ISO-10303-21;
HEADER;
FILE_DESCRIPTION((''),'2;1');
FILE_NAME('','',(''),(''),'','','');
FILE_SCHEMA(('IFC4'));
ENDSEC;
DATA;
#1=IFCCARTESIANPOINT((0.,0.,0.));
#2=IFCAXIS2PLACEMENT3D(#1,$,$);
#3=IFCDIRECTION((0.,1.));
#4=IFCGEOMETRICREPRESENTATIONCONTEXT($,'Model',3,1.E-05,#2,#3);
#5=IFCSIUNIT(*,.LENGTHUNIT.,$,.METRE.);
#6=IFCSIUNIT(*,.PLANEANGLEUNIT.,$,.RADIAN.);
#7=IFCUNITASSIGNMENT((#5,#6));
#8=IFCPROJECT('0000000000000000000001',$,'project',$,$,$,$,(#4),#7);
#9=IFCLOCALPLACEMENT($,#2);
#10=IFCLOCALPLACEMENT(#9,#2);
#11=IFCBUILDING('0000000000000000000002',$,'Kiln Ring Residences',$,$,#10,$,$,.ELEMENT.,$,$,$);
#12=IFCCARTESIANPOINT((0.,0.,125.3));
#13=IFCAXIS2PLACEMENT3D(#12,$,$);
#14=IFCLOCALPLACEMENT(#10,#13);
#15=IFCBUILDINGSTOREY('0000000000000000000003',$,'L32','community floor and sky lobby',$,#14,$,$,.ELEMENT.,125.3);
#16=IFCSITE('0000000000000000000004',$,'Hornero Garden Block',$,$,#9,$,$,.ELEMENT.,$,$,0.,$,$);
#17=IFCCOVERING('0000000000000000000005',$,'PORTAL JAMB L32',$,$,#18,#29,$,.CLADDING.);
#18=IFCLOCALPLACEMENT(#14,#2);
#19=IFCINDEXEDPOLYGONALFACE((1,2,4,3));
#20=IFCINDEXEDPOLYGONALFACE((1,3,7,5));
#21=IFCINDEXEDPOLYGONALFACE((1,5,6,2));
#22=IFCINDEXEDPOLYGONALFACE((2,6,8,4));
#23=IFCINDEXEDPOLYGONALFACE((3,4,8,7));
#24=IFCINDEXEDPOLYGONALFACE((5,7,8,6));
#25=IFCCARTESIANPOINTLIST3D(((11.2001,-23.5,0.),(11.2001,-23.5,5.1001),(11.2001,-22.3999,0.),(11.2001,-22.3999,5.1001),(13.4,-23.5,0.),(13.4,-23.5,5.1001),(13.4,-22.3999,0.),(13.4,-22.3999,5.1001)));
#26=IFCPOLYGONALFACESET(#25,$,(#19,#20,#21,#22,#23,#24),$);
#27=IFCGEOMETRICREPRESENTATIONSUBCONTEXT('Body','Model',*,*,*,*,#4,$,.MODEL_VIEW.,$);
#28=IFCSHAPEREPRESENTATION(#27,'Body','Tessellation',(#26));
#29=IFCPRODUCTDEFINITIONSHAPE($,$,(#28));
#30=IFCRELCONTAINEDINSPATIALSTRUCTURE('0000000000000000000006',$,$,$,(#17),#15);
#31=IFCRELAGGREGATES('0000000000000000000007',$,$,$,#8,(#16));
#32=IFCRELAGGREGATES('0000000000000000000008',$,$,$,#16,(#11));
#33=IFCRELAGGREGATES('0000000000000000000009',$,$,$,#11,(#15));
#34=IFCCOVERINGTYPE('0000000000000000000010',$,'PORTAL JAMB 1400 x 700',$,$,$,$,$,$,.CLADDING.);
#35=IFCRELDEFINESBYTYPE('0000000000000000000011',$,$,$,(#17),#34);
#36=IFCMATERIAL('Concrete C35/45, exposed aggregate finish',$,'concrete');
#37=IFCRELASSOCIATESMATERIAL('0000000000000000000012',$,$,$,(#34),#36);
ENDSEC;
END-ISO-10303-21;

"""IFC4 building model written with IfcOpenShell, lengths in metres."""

from ifc_helpers import new_model, si_unit, direction, frame, origin, origin_2d, place, context, subcontext, project, spatial, rectangle, extrude, material, type_object, element, save


model = new_model("IFC4")

# Units and contexts
model_context = context("Model", 3, precision=1e-05, world=origin(), true_north=direction((0.0, 1.0)))
body_context = subcontext(model_context, "Body", "Model", "MODEL_VIEW")
ifc_project = project(units=[si_unit("LENGTHUNIT", "METRE"), si_unit("PLANEANGLEUNIT", "RADIAN")], contexts=[model_context])

# Site, building, storey
site_placement = place(None, origin())
site = spatial("IfcSite", under=ifc_project, at=site_placement, Name="Hornero Garden Block", CompositionType="ELEMENT", RefElevation=0.0)
building_placement = place(site_placement, origin())
building = spatial("IfcBuilding", under=site, at=building_placement, Name="Kiln Ring Residences", CompositionType="ELEMENT")
storey_placement = place(building_placement, frame((0.0, 0.0, 125.3)))
storey = spatial("IfcBuildingStorey", under=building, at=storey_placement, Name="L32", Description="community floor and sky lobby", CompositionType="ELEMENT", Elevation=125.3)

# Covering
ifc_material_1 = material(Name="Concrete C35/45, exposed aggregate finish", Category="concrete")
covering_type_1 = type_object("IfcCoveringType", Name="PORTAL JAMB 1400 x 700", PredefinedType="CLADDING", material=ifc_material_1)
covering_1_placement = place(storey_placement, frame((12.3, -22.95, 0.0), z_axis=(0.0, 0.0, 1.0), x_axis=(1.0, 0.0, 0.0)))
element("IfcCovering", 1, at=covering_1_placement, inside=storey, type_object=covering_type_1, Name="PORTAL JAMB L32", PredefinedType="CLADDING", context=body_context, shape_type="SweptSolid", body=[
    extrude(rectangle(XDim=2.2, YDim=1.1001, at=origin_2d()), origin(), (0.0, 0.0, 1.0), 5.1001),
])

save(model, "model.ifc")
